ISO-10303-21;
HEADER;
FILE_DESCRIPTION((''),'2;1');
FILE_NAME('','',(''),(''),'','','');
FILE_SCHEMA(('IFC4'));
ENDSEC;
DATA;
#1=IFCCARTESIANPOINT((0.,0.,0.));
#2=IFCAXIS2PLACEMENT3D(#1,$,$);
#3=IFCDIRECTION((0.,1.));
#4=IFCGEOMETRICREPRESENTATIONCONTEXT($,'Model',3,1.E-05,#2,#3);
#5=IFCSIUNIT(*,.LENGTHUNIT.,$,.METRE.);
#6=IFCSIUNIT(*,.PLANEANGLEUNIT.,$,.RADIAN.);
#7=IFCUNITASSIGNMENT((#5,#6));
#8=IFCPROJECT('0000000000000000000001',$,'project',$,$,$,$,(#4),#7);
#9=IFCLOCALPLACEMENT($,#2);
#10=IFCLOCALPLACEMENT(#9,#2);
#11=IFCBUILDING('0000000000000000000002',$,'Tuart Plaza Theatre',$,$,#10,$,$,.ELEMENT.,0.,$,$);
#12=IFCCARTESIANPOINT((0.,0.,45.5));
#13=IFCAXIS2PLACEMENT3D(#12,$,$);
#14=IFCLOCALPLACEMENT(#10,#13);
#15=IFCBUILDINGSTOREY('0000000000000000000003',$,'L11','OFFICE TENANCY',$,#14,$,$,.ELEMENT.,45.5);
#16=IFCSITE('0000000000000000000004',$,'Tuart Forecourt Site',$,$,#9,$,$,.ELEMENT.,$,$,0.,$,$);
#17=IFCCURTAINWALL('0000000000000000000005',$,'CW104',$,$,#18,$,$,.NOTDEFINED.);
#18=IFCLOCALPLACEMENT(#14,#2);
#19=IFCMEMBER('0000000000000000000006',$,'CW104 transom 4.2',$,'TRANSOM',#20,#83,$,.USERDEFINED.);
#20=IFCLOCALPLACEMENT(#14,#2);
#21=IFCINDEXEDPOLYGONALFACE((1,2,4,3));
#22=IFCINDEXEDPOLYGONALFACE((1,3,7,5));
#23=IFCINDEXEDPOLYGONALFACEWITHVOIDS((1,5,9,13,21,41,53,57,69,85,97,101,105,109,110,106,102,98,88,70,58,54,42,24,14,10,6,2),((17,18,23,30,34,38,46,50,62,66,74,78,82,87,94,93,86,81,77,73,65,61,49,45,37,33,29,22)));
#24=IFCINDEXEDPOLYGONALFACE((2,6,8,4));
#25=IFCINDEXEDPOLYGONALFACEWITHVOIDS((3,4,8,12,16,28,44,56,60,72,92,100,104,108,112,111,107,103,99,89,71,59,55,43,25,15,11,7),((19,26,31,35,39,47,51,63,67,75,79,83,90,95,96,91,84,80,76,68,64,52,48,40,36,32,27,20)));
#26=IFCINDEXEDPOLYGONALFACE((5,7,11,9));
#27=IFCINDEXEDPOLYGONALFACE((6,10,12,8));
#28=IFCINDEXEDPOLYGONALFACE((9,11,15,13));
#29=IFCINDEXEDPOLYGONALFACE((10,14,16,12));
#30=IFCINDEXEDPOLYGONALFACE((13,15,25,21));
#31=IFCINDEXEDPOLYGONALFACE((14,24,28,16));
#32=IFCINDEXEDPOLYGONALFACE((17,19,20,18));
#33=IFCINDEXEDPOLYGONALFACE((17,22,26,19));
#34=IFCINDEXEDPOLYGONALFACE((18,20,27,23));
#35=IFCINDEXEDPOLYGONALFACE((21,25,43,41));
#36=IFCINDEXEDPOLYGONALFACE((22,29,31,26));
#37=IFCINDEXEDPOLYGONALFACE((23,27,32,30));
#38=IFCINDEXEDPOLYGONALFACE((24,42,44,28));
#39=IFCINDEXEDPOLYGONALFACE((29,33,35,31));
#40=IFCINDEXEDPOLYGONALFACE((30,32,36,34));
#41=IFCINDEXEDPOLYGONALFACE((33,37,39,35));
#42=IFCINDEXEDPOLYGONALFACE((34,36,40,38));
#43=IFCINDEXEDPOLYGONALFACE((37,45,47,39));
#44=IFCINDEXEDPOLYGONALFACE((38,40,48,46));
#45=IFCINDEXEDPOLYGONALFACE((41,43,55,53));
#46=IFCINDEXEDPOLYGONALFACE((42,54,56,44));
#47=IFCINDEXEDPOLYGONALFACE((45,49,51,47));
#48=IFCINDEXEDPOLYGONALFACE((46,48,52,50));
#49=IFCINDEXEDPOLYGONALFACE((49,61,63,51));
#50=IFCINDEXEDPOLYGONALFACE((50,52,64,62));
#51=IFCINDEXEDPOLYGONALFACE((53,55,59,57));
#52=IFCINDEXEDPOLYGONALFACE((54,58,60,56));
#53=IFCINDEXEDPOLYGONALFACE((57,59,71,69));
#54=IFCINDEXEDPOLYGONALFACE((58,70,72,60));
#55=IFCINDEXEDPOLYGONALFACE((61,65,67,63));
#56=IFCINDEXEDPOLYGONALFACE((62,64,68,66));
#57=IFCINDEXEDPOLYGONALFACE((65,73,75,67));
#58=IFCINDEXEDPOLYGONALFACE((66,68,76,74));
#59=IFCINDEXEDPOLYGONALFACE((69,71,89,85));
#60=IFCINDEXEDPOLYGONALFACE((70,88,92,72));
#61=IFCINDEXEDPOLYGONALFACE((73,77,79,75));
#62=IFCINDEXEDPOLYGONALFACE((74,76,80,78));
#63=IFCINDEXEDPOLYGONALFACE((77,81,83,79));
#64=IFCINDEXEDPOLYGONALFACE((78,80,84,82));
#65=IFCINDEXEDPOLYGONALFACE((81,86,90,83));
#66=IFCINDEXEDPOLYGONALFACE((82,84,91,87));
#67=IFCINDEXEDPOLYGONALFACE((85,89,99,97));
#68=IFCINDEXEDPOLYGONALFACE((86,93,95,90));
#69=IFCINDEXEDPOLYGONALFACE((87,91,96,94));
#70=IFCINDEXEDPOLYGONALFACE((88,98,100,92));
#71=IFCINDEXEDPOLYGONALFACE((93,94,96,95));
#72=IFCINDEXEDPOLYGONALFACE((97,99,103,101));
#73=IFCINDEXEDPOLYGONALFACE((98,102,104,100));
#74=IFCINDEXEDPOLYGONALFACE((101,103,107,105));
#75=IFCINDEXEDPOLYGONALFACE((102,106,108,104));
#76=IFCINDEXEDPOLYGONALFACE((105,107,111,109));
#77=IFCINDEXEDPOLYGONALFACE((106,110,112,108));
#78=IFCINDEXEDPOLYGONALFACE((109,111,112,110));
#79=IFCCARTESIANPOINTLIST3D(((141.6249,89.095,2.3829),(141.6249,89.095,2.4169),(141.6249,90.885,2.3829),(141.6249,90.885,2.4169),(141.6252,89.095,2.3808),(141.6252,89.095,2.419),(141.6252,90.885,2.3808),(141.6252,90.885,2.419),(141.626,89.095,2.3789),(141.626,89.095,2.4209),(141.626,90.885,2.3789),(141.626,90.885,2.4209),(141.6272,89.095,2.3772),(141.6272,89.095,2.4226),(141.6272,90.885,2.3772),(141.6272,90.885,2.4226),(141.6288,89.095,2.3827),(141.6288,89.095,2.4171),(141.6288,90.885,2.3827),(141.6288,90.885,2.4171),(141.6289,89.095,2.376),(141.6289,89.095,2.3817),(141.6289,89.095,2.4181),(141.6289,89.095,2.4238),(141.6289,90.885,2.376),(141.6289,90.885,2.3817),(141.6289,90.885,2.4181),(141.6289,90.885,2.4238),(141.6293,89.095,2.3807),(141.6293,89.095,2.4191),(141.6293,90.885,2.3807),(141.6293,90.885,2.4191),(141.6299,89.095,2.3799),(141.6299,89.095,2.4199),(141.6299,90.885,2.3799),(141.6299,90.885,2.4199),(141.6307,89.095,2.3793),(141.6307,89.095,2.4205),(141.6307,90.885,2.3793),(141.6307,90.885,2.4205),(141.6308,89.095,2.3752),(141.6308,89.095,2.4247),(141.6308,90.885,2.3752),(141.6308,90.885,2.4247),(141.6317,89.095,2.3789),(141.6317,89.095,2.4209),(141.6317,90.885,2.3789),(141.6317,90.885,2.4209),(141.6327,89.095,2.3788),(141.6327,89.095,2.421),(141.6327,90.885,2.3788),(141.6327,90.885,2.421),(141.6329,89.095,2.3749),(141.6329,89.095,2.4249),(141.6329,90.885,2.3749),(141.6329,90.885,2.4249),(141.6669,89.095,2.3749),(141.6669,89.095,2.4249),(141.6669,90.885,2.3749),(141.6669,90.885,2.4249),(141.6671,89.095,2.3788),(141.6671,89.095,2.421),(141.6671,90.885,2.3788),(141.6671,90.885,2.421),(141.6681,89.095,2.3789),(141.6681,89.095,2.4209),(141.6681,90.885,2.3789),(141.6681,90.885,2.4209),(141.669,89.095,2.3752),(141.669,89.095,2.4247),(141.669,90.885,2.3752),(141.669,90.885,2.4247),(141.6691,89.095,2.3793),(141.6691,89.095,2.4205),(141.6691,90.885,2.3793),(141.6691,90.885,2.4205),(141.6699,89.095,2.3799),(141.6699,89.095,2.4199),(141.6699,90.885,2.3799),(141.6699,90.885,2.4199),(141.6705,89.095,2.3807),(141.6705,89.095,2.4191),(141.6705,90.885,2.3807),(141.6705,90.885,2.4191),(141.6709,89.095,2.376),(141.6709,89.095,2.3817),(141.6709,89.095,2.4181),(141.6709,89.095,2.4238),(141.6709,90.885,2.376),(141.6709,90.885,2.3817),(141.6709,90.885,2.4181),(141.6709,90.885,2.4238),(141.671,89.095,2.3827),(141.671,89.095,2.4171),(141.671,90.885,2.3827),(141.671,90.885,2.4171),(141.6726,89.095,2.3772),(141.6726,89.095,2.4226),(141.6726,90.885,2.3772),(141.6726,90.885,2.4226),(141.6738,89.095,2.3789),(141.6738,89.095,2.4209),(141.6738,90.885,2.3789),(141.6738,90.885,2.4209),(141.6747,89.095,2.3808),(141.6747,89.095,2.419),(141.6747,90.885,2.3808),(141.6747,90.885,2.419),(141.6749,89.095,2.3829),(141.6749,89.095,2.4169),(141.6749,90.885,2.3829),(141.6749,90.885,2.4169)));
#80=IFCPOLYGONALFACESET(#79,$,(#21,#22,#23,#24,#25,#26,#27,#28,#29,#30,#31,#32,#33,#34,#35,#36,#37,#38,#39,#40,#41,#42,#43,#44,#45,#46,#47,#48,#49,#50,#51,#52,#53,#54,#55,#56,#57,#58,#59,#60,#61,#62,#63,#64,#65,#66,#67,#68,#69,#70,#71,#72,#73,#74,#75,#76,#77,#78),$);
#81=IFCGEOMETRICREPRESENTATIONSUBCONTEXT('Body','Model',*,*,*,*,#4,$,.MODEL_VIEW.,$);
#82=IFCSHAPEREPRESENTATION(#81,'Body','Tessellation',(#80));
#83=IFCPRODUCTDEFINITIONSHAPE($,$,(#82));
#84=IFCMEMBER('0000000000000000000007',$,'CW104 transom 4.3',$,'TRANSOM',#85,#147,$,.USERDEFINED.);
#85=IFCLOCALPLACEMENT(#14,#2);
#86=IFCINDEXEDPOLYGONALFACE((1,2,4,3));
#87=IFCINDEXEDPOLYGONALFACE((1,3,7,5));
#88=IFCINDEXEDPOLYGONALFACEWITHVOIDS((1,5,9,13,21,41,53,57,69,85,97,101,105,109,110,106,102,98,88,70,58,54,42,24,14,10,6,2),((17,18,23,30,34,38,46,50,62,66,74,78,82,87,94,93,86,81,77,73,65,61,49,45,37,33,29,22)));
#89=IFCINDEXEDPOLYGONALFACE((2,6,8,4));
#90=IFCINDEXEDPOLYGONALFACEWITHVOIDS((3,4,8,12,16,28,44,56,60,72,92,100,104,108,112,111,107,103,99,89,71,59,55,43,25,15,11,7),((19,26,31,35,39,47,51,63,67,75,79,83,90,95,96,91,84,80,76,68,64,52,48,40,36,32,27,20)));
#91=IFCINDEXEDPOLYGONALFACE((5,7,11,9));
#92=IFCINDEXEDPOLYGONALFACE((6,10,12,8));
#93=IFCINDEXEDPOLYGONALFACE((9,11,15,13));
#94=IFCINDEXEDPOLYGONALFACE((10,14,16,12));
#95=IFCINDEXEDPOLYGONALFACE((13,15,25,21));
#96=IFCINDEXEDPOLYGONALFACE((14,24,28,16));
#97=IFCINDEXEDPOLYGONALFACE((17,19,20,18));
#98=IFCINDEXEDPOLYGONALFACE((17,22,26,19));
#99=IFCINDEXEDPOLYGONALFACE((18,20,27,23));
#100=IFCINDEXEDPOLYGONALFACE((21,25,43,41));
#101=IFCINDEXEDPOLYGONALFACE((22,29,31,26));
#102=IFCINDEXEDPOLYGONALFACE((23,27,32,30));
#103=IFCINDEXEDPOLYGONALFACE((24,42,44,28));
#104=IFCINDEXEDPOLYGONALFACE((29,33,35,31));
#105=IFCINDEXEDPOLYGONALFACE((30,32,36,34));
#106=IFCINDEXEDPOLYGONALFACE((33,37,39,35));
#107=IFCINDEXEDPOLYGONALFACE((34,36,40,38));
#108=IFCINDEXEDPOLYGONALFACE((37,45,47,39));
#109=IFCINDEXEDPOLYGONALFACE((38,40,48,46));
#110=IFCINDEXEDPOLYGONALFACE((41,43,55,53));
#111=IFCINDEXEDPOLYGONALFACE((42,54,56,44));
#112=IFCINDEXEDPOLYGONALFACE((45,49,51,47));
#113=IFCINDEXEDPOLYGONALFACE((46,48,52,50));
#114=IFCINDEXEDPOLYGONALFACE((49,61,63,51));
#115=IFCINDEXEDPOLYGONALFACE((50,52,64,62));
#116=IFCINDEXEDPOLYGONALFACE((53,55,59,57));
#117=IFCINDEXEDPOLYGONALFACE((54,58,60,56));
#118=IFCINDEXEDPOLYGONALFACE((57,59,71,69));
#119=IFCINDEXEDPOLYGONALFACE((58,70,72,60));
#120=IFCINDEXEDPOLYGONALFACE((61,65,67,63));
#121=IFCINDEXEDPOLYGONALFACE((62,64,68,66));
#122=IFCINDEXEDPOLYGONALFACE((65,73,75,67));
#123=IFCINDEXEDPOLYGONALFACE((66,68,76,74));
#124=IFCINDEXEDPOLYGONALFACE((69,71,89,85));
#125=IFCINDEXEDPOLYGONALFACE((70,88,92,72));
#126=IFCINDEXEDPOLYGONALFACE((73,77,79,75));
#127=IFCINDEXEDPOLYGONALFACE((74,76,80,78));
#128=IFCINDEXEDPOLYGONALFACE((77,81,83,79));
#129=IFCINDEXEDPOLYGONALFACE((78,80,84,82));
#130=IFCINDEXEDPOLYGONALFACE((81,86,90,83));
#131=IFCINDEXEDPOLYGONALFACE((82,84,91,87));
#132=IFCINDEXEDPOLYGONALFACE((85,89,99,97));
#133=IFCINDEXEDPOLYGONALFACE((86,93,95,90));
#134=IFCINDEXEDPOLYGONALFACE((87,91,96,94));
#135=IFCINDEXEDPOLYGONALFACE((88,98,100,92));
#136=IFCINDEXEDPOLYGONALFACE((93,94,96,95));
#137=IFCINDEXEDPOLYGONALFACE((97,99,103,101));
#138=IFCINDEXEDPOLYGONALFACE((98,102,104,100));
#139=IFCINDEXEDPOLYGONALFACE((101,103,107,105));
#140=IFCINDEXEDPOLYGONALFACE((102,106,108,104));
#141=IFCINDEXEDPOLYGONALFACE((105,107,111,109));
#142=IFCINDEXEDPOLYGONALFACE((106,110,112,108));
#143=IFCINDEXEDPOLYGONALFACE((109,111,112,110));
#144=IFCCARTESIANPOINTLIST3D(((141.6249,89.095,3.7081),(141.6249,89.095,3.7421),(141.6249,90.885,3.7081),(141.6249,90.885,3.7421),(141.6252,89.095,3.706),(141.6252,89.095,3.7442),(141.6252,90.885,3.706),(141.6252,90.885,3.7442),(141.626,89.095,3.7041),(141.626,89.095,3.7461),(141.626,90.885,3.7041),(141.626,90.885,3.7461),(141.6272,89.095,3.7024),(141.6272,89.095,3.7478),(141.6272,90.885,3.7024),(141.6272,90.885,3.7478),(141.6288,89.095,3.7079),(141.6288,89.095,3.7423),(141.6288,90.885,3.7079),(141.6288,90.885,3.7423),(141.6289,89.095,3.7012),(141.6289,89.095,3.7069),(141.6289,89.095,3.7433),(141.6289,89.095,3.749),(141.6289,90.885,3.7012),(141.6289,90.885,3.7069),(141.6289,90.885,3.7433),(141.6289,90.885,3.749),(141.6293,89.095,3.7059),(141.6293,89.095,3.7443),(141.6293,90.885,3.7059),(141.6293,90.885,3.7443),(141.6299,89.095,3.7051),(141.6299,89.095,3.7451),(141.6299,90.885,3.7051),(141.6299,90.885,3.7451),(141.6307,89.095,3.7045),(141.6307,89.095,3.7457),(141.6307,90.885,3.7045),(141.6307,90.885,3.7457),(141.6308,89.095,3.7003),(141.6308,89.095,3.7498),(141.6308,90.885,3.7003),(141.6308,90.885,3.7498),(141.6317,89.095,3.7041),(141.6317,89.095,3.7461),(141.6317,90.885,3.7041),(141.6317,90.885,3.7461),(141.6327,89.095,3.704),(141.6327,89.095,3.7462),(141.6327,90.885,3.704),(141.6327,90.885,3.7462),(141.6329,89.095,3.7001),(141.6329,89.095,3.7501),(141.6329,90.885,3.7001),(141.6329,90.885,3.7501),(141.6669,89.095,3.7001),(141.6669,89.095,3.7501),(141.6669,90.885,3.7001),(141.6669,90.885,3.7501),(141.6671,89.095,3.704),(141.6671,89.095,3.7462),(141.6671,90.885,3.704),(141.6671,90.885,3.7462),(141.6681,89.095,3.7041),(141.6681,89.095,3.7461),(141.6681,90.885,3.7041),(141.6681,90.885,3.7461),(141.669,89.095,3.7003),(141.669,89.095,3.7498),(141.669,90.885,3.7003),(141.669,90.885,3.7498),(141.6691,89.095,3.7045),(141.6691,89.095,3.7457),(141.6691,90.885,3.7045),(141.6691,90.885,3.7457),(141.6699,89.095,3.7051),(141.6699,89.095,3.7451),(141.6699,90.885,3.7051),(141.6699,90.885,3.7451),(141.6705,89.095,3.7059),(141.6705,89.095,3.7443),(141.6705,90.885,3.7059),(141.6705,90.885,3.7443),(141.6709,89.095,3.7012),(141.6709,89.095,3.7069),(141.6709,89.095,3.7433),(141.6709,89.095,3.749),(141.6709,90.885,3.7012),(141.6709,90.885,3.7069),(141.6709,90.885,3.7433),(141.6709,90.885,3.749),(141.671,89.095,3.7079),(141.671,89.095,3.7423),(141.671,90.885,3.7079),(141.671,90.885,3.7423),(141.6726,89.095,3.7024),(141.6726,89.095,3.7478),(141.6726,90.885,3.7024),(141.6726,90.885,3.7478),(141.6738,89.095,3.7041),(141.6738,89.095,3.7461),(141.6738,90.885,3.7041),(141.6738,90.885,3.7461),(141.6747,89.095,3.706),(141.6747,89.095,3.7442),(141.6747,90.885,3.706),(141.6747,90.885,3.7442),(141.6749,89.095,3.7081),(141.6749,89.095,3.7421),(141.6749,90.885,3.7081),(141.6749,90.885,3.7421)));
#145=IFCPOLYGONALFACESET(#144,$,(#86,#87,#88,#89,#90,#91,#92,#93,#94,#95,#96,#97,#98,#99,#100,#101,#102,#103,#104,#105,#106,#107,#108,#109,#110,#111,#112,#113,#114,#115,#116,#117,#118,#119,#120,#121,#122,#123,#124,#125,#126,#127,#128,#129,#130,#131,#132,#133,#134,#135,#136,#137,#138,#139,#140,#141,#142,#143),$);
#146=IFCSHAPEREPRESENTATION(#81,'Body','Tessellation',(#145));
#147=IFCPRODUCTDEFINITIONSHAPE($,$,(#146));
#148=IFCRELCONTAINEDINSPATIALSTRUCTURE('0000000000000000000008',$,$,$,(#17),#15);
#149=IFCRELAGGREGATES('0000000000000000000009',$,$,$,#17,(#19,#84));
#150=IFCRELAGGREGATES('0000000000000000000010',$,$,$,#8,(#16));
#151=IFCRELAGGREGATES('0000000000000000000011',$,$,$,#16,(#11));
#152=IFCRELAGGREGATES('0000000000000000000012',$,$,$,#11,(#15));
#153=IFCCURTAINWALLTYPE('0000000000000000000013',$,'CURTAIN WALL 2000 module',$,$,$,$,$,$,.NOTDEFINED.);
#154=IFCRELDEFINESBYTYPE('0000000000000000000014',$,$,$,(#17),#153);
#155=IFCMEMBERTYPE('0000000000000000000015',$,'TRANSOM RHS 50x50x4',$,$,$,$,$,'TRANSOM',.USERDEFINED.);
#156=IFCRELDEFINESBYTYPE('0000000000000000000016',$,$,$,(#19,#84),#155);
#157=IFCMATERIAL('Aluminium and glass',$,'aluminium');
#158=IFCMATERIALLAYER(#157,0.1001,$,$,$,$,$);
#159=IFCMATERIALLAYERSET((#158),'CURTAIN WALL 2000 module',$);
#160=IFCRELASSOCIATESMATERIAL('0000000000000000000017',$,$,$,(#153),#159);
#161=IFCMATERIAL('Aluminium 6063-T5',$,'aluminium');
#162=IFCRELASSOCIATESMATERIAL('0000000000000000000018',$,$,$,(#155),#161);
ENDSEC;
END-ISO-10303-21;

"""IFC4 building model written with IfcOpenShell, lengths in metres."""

from ifc_helpers import new_model, si_unit, direction, frame, origin, origin_2d, place, context, subcontext, project, spatial, hollow_rectangle, extrude, material, layer, layer_set, material_profile, profile_set, type_object, element, aggregate, save


model = new_model("IFC4")

# Units and contexts
model_context = context("Model", 3, precision=1e-05, world=origin(), true_north=direction((0.0, 1.0)))
body_context = subcontext(model_context, "Body", "Model", "MODEL_VIEW")
ifc_project = project(units=[si_unit("LENGTHUNIT", "METRE"), si_unit("PLANEANGLEUNIT", "RADIAN")], contexts=[model_context])

# Site, building, storey
site_placement = place(None, origin())
site = spatial("IfcSite", under=ifc_project, at=site_placement, Name="Tuart Forecourt Site", CompositionType="ELEMENT", RefElevation=0.0)
building_placement = place(site_placement, origin())
building = spatial("IfcBuilding", under=site, at=building_placement, Name="Tuart Plaza Theatre", CompositionType="ELEMENT", ElevationOfRefHeight=0.0)
storey_placement = place(building_placement, frame((0.0, 0.0, 45.5)))
storey = spatial("IfcBuildingStorey", under=building, at=storey_placement, Name="L11", Description="OFFICE TENANCY", CompositionType="ELEMENT", Elevation=45.5)

# Curtain wall, members
ifc_material_1 = material(Name="Aluminium and glass", Category="aluminium")
ifc_layer_1 = layer(ifc_material_1, 0.1001)
ifc_layer_set_1 = layer_set([ifc_layer_1], Name="CURTAIN WALL 2000 module")
curtain_wall_type = type_object("IfcCurtainWallType", Name="CURTAIN WALL 2000 module", PredefinedType="NOTDEFINED", material=ifc_layer_set_1)
curtain_wall_placement = place(storey_placement, origin())
curtain_wall = element("IfcCurtainWall", 1, at=curtain_wall_placement, inside=storey, type_object=curtain_wall_type, Name="CW104", PredefinedType="NOTDEFINED")
ifc_material_2 = material(Name="Aluminium 6063-T5", Category="aluminium")
ifc_material_profile_1 = material_profile(ifc_material_2, hollow_rectangle(XDim=0.05, YDim=0.05, WallThickness=0.0039, InnerFilletRadius=0.0039, OuterFilletRadius=0.0081, at=origin_2d()), Name="RHS 50x50x4")
ifc_profile_set_1 = profile_set([ifc_material_profile_1], Name="Aluminium 6063-T5")
member_type_1 = type_object("IfcMemberType", Name="TRANSOM RHS 50x50x4", ElementType="TRANSOM", PredefinedType="USERDEFINED", material=ifc_profile_set_1)
member_1_placement = place(storey_placement, frame((141.6499, 89.095, 2.3999), z_axis=(0.0, 1.0, 0.0), x_axis=(-1.0, 0.0, 0.0)))
member_1 = element("IfcMember", 2, at=member_1_placement, type_object=member_type_1, Name="CW104 transom 4.2", ObjectType="TRANSOM", PredefinedType="USERDEFINED", context=body_context, shape_type="SweptSolid", body=[
    extrude(hollow_rectangle(XDim=0.05, YDim=0.05, WallThickness=0.0039, InnerFilletRadius=0.0039, OuterFilletRadius=0.0081, at=origin_2d()), origin(), (0.0, 0.0, 1.0), 1.79),
])
member_2_placement = place(storey_placement, frame((141.6499, 89.095, 3.7251), z_axis=(0.0, 1.0, 0.0), x_axis=(-1.0, 0.0, 0.0)))
member_2 = element("IfcMember", 3, at=member_2_placement, type_object=member_type_1, Name="CW104 transom 4.3", ObjectType="TRANSOM", PredefinedType="USERDEFINED", context=body_context, shape_type="SweptSolid", body=[
    extrude(hollow_rectangle(XDim=0.05, YDim=0.05, WallThickness=0.0039, InnerFilletRadius=0.0039, OuterFilletRadius=0.0081, at=origin_2d()), origin(), (0.0, 0.0, 1.0), 1.79),
])
aggregate(curtain_wall, [member_1, member_2])

save(model, "model.ifc")
